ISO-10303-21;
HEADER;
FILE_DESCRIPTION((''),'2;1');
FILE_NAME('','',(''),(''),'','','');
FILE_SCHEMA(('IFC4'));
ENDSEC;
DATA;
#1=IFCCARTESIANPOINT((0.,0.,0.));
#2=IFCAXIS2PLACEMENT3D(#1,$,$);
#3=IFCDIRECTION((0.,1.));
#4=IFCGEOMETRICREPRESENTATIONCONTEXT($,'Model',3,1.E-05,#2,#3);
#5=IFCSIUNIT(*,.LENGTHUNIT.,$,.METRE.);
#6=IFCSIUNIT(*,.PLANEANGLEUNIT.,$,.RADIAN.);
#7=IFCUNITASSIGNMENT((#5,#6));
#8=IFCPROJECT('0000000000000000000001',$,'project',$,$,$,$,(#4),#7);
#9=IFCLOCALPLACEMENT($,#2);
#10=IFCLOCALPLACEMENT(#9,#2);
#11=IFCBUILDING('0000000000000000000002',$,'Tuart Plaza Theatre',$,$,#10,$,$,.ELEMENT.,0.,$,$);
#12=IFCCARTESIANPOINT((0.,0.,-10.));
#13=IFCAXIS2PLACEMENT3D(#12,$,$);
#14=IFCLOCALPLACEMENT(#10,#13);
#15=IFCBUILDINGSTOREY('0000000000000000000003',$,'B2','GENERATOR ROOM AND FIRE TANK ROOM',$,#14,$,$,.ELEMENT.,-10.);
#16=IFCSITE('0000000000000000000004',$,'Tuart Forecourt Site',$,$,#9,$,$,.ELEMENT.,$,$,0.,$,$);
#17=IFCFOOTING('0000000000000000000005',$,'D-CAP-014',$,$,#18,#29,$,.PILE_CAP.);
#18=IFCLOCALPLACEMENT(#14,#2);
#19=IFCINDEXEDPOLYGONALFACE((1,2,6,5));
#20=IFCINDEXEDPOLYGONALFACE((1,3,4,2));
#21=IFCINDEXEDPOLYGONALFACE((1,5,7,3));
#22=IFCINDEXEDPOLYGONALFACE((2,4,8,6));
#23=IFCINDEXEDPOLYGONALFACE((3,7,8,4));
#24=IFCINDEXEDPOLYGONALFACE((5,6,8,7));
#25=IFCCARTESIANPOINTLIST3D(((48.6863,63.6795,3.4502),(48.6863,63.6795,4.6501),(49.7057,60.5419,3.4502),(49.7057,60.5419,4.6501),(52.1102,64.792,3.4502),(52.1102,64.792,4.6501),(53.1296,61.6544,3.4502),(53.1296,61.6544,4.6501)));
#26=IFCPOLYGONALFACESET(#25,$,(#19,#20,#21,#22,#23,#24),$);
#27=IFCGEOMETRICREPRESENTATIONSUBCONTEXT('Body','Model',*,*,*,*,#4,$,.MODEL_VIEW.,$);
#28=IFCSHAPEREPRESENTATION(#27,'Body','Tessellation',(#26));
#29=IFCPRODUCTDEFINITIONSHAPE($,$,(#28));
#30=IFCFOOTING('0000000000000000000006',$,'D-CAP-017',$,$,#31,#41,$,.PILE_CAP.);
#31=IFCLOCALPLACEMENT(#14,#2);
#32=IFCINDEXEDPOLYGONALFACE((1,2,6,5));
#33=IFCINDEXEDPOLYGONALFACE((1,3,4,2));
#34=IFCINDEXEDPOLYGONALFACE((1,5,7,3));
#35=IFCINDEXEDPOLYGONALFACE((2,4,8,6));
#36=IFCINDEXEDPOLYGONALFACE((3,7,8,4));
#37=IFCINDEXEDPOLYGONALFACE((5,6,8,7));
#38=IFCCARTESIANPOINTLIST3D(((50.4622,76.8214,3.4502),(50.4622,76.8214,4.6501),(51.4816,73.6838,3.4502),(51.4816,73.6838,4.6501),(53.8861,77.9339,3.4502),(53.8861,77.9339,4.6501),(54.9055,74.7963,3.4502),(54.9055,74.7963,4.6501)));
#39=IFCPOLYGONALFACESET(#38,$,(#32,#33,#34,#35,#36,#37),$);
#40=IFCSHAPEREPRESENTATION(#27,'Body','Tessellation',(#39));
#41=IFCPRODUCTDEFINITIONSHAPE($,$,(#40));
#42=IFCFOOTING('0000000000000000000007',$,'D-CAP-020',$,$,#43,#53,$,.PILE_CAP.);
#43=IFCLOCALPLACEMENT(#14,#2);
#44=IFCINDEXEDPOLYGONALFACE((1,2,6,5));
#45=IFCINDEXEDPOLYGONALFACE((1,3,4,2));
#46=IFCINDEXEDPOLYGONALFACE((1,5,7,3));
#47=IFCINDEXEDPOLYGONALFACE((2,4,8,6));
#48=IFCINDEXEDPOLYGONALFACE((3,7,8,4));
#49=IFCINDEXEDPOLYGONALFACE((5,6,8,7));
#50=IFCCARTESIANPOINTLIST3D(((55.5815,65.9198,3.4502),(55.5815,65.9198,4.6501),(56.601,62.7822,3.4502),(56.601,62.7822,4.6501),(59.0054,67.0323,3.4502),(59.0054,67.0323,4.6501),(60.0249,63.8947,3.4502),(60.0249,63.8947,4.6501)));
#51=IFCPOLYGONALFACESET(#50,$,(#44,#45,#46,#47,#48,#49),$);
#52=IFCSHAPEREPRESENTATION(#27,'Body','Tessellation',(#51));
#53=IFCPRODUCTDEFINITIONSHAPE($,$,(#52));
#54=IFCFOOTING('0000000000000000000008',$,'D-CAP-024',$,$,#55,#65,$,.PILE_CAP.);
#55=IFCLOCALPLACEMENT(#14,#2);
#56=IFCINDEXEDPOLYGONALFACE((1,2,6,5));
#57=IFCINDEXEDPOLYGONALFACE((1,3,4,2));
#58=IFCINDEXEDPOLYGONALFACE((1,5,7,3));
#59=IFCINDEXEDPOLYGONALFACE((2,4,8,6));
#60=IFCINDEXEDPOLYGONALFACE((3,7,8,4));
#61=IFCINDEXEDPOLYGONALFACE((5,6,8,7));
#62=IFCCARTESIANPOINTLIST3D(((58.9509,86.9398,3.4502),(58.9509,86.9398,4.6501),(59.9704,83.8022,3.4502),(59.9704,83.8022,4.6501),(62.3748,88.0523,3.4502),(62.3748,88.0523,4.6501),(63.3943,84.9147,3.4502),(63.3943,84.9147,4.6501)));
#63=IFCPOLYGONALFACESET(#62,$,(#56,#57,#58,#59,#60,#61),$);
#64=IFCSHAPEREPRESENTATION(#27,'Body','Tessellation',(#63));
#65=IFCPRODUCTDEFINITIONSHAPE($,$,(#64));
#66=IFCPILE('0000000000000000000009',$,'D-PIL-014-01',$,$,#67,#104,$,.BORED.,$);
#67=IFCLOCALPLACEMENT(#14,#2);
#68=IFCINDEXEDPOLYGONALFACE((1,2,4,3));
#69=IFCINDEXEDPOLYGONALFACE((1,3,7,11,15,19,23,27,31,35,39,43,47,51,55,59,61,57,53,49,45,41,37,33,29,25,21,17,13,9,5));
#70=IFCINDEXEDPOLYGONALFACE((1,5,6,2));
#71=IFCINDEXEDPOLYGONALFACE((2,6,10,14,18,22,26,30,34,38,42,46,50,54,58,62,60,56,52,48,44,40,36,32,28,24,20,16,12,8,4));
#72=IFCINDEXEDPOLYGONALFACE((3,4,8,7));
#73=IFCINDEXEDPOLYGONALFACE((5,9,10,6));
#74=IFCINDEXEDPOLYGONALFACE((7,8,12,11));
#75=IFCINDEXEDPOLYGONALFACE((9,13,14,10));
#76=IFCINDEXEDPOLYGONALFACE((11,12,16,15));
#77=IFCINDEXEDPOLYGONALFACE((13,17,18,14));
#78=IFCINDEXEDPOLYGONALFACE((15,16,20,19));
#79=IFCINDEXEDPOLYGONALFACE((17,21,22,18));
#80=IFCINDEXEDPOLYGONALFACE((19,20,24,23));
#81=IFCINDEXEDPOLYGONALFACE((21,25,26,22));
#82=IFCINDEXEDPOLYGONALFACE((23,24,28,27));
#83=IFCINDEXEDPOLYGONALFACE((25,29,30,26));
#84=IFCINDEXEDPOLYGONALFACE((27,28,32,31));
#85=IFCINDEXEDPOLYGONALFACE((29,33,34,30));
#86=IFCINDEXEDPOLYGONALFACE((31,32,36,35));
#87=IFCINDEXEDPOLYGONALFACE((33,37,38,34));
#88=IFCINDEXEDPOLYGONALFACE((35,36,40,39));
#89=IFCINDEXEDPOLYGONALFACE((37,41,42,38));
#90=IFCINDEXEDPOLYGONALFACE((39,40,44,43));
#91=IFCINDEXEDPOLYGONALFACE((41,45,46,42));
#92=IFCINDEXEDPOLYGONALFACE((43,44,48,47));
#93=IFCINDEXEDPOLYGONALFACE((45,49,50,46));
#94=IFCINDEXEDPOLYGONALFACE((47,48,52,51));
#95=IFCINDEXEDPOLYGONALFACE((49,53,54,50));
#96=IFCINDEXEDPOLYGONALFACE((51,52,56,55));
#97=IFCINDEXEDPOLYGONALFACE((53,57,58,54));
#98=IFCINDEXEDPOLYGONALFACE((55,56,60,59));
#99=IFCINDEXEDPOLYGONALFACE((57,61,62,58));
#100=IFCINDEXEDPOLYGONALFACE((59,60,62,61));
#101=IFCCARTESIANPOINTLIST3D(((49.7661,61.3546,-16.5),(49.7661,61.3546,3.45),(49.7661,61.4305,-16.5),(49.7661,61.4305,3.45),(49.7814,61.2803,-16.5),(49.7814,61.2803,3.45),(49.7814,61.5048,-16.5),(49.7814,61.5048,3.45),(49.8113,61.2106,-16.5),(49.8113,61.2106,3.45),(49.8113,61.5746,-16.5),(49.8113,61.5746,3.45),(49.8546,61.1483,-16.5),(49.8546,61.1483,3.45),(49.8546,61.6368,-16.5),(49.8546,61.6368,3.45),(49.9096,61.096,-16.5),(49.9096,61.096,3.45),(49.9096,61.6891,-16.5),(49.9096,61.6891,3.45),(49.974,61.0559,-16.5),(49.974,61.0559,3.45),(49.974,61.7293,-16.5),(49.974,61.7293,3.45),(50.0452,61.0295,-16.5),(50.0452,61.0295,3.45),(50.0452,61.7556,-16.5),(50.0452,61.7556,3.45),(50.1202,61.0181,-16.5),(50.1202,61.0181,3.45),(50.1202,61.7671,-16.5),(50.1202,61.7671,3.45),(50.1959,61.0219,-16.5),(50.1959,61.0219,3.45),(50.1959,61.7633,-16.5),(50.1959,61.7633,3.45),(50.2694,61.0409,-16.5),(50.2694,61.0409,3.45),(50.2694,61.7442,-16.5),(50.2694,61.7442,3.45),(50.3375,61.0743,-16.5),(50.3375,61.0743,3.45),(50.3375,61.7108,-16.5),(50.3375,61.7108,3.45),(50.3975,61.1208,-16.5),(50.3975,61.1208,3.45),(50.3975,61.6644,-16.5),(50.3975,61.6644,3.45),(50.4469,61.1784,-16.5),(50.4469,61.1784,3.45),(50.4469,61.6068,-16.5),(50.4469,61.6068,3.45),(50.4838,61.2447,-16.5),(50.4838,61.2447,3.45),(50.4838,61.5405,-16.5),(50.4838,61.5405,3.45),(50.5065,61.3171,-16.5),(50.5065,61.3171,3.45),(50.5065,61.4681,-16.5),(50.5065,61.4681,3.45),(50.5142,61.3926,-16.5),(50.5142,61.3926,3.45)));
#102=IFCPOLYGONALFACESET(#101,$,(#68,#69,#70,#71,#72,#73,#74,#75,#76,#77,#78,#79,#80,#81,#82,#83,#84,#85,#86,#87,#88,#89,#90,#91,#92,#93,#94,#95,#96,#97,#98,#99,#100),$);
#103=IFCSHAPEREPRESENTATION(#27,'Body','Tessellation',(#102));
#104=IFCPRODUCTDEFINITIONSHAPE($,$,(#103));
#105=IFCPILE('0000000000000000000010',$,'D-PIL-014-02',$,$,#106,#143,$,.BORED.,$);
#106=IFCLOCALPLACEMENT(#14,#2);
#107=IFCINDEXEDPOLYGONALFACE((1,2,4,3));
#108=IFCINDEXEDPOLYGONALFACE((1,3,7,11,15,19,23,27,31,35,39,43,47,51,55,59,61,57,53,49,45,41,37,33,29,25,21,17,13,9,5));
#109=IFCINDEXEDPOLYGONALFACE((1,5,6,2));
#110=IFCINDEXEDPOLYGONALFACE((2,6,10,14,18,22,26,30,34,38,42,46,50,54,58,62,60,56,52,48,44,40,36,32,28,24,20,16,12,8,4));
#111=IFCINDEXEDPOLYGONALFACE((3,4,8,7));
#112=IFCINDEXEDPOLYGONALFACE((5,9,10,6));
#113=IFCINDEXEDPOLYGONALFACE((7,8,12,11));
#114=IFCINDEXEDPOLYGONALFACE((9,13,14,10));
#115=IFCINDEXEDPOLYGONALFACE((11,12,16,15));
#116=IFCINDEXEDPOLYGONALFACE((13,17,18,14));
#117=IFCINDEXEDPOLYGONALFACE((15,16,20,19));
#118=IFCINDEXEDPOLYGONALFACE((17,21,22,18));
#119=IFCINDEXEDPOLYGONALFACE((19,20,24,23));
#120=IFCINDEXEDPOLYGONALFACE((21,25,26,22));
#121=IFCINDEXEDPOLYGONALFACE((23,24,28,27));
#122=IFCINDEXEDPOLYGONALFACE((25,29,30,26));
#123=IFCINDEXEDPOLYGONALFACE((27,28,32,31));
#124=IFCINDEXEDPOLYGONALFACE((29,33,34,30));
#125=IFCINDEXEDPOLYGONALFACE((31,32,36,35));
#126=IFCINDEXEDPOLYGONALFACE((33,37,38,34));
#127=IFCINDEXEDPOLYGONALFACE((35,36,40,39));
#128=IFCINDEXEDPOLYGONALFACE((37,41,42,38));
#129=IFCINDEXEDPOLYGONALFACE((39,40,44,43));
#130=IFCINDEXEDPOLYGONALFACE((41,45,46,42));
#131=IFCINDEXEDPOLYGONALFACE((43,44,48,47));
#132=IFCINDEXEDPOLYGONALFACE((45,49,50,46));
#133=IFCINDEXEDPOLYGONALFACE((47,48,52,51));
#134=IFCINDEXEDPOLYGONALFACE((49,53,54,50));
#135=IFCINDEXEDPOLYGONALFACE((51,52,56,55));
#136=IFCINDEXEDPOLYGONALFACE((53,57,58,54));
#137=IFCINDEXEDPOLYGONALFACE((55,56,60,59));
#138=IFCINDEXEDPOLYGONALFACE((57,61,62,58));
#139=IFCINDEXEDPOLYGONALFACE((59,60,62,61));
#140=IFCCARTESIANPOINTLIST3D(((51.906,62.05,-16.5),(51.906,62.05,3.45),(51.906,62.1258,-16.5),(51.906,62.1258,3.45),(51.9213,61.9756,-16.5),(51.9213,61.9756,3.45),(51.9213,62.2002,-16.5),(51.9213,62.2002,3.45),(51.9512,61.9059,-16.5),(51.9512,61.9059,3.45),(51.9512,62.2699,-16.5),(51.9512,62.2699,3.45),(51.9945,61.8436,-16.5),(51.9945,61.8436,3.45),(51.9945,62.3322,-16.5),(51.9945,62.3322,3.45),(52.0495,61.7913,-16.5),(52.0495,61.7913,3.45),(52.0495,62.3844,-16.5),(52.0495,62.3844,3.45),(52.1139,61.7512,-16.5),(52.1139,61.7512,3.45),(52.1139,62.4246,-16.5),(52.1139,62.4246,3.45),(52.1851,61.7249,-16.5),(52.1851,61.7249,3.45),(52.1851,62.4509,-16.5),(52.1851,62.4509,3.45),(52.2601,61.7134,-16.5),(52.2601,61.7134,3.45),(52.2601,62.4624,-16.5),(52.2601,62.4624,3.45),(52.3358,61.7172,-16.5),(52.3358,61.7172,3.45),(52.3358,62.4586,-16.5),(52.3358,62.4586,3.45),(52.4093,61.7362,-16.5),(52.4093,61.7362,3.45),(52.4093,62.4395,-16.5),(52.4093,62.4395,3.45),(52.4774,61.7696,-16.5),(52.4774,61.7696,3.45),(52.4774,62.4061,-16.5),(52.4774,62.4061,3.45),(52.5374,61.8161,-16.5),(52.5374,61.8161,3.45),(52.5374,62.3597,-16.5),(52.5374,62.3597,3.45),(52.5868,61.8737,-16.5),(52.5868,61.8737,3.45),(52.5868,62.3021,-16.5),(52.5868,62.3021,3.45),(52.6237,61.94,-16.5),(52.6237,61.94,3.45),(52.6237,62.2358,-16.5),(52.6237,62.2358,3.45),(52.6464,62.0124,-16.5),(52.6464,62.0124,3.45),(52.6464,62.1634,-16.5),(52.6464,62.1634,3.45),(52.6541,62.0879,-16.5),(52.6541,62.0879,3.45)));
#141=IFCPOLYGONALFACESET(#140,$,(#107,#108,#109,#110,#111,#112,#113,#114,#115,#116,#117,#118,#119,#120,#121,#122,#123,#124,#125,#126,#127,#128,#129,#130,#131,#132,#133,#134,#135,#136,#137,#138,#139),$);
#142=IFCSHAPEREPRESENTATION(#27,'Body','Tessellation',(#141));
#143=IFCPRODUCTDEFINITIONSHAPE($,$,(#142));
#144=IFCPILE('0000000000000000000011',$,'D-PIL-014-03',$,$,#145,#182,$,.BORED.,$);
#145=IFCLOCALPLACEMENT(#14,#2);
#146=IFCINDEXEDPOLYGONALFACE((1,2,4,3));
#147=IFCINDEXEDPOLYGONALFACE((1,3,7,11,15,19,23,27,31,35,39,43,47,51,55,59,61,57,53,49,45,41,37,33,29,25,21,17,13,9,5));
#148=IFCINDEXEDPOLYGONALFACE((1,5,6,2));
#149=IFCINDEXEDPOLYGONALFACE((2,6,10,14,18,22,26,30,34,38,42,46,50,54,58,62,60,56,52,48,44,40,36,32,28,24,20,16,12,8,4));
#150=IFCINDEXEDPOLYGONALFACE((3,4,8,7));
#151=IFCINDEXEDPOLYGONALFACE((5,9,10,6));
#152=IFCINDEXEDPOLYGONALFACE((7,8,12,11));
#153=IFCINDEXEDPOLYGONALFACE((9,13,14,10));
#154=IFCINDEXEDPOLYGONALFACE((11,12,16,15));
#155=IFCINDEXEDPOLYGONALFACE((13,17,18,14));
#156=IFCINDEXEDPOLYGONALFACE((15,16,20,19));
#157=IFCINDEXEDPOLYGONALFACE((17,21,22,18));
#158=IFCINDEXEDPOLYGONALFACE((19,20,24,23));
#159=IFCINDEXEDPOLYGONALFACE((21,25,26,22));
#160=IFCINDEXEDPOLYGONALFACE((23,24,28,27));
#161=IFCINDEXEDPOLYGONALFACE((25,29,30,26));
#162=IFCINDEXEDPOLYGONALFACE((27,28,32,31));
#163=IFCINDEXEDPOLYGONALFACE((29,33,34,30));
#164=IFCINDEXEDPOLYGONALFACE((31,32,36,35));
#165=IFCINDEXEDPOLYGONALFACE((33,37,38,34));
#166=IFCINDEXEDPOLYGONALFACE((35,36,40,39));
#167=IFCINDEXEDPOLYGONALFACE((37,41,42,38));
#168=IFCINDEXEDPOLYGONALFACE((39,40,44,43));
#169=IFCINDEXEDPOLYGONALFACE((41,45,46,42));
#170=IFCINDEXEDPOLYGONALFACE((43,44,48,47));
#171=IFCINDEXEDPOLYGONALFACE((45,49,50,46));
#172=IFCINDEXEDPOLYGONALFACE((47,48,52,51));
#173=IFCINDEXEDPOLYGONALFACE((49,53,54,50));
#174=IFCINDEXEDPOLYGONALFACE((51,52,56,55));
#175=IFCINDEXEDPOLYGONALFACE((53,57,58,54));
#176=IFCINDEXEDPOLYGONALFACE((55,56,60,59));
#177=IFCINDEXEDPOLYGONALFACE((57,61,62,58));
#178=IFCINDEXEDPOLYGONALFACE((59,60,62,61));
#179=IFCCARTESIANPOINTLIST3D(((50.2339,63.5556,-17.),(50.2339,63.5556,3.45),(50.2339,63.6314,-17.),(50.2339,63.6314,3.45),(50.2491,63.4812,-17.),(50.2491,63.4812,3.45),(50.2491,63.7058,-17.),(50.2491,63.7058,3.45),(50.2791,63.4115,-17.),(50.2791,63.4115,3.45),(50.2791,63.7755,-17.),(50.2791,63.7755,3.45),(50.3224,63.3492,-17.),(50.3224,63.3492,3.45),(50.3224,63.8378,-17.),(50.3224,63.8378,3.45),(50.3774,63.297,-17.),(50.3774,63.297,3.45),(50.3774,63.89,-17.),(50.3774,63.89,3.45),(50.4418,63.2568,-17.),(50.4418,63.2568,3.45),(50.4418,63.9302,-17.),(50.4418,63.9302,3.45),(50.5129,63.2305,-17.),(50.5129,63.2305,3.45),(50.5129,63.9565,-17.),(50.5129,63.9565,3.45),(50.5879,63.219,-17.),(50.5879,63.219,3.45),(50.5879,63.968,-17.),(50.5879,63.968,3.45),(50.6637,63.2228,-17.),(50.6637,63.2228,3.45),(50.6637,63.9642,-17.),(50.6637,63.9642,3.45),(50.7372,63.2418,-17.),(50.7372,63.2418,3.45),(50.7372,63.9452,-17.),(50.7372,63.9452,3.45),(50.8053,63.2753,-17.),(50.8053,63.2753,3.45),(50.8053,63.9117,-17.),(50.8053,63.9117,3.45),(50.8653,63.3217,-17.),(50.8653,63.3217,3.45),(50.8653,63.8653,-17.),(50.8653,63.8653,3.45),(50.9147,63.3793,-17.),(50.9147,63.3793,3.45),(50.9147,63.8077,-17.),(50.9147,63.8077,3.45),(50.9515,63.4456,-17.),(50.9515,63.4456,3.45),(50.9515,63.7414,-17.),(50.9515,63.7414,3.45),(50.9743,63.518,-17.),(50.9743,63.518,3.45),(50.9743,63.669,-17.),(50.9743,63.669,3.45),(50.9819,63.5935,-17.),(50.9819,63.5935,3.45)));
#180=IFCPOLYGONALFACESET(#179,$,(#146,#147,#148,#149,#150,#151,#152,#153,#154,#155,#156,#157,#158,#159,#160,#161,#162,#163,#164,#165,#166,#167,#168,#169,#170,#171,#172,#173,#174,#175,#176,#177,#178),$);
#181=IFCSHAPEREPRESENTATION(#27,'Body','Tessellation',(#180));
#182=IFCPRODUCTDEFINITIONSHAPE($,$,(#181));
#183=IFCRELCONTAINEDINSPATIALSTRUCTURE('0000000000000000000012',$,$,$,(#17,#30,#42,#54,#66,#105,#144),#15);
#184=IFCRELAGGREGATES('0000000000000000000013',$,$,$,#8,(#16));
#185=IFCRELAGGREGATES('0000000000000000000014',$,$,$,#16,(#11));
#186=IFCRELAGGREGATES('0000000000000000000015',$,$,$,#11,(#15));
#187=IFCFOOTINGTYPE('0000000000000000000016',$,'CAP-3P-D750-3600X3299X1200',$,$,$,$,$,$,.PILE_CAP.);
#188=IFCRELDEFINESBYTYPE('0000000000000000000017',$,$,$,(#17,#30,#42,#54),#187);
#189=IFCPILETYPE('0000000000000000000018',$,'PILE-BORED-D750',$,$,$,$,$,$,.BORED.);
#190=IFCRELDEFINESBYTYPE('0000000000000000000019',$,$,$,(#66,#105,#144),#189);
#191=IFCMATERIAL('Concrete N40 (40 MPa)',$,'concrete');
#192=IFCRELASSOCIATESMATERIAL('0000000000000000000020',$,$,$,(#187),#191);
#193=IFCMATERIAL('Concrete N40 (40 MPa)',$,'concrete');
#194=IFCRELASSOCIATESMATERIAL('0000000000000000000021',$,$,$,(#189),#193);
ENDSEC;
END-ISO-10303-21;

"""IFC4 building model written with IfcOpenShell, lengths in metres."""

from ifc_helpers import new_model, si_unit, direction, frame, origin, origin_2d, place, context, subcontext, project, spatial, rectangle, circle, extrude, material, material_profile, profile_set, type_object, element, save


model = new_model("IFC4")

# Units and contexts
model_context = context("Model", 3, precision=1e-05, world=origin(), true_north=direction((0.0, 1.0)))
body_context = subcontext(model_context, "Body", "Model", "MODEL_VIEW")
ifc_project = project(units=[si_unit("LENGTHUNIT", "METRE"), si_unit("PLANEANGLEUNIT", "RADIAN")], contexts=[model_context])

# Site, building, storey
site_placement = place(None, origin())
site = spatial("IfcSite", under=ifc_project, at=site_placement, Name="Tuart Forecourt Site", CompositionType="ELEMENT", RefElevation=0.0)
building_placement = place(site_placement, origin())
building = spatial("IfcBuilding", under=site, at=building_placement, Name="Tuart Plaza Theatre", CompositionType="ELEMENT", ElevationOfRefHeight=0.0)
storey_placement = place(building_placement, frame((0.0, 0.0, -10.0)))
storey = spatial("IfcBuildingStorey", under=building, at=storey_placement, Name="B2", Description="GENERATOR ROOM AND FIRE TANK ROOM", CompositionType="ELEMENT", Elevation=-10.0)

# Footings
ifc_material_1 = material(Name="Concrete N40 (40 MPa)", Category="concrete")
footing_type = type_object("IfcFootingType", Name="CAP-3P-D750-3600X3299X1200", PredefinedType="PILE_CAP", material=ifc_material_1)
for number, where, z_axis, x_axis, name in (
    (1, (50.908, 62.667, 3.4502), (0.0, 0.0, 1.0), (0.951057, 0.309017, 0.0), "D-CAP-014"),
    (2, (52.6838, 75.8088, 3.4502), (0.0, 0.0, 1.0), (0.951057, 0.309017, 0.0), "D-CAP-017"),
    (3, (57.8032, 64.9072, 3.4502), (0.0, 0.0, 1.0), (0.951057, 0.309017, 0.0), "D-CAP-020"),
    (4, (61.1726, 85.9272, 3.4502), (0.0, 0.0, 1.0), (0.951057, 0.309017, 0.0), "D-CAP-024"),
):
    element("IfcFooting", number, at=place(storey_placement, frame(where, z_axis=z_axis, x_axis=x_axis)), inside=storey, type_object=footing_type, Name=name, PredefinedType="PILE_CAP", context=body_context, shape_type="SweptSolid", body=[
        extrude(rectangle(XDim=3.6001, YDim=3.2991, at=origin_2d()), origin(), (0.0, 0.0, 1.0), 1.2),
    ])

# Piles
ifc_material_2 = material(Name="Concrete N40 (40 MPa)", Category="concrete")
ifc_material_profile_1 = material_profile(ifc_material_2, circle(Radius=0.375, at=origin_2d()), Name="PILE-BORED-D750")
ifc_profile_set_1 = profile_set([ifc_material_profile_1], Name="Concrete N40 (40 MPa)")
pile_type_1 = type_object("IfcPileType", Name="PILE-BORED-D750", PredefinedType="BORED", material=ifc_profile_set_1)
for number, where, z_axis, x_axis, name in (
    (5, (50.1392, 61.3926, 3.45), (0.0, 0.0, -1.0), (1.0, 0.0, 0.0), "D-PIL-014-01"),
    (6, (52.2791, 62.0879, 3.45), (0.0, 0.0, -1.0), (1.0, 0.0, 0.0), "D-PIL-014-02"),
):
    element("IfcPile", number, at=place(storey_placement, frame(where, z_axis=z_axis, x_axis=x_axis)), inside=storey, type_object=pile_type_1, Name=name, PredefinedType="BORED", context=body_context, shape_type="SweptSolid", body=[
        extrude(circle(Radius=0.375, at=origin_2d()), origin(), (0.0, 0.0, 1.0), 19.95),
    ])
for number, where, z_axis, x_axis, name in (
    (7, (50.6069, 63.5935, 3.45), (0.0, 0.0, -1.0), (1.0, 0.0, 0.0), "D-PIL-014-03"),
):
    element("IfcPile", number, at=place(storey_placement, frame(where, z_axis=z_axis, x_axis=x_axis)), inside=storey, type_object=pile_type_1, Name=name, PredefinedType="BORED", context=body_context, shape_type="SweptSolid", body=[
        extrude(circle(Radius=0.375, at=origin_2d()), origin(), (0.0, 0.0, 1.0), 20.45),
    ])

save(model, "model.ifc")
